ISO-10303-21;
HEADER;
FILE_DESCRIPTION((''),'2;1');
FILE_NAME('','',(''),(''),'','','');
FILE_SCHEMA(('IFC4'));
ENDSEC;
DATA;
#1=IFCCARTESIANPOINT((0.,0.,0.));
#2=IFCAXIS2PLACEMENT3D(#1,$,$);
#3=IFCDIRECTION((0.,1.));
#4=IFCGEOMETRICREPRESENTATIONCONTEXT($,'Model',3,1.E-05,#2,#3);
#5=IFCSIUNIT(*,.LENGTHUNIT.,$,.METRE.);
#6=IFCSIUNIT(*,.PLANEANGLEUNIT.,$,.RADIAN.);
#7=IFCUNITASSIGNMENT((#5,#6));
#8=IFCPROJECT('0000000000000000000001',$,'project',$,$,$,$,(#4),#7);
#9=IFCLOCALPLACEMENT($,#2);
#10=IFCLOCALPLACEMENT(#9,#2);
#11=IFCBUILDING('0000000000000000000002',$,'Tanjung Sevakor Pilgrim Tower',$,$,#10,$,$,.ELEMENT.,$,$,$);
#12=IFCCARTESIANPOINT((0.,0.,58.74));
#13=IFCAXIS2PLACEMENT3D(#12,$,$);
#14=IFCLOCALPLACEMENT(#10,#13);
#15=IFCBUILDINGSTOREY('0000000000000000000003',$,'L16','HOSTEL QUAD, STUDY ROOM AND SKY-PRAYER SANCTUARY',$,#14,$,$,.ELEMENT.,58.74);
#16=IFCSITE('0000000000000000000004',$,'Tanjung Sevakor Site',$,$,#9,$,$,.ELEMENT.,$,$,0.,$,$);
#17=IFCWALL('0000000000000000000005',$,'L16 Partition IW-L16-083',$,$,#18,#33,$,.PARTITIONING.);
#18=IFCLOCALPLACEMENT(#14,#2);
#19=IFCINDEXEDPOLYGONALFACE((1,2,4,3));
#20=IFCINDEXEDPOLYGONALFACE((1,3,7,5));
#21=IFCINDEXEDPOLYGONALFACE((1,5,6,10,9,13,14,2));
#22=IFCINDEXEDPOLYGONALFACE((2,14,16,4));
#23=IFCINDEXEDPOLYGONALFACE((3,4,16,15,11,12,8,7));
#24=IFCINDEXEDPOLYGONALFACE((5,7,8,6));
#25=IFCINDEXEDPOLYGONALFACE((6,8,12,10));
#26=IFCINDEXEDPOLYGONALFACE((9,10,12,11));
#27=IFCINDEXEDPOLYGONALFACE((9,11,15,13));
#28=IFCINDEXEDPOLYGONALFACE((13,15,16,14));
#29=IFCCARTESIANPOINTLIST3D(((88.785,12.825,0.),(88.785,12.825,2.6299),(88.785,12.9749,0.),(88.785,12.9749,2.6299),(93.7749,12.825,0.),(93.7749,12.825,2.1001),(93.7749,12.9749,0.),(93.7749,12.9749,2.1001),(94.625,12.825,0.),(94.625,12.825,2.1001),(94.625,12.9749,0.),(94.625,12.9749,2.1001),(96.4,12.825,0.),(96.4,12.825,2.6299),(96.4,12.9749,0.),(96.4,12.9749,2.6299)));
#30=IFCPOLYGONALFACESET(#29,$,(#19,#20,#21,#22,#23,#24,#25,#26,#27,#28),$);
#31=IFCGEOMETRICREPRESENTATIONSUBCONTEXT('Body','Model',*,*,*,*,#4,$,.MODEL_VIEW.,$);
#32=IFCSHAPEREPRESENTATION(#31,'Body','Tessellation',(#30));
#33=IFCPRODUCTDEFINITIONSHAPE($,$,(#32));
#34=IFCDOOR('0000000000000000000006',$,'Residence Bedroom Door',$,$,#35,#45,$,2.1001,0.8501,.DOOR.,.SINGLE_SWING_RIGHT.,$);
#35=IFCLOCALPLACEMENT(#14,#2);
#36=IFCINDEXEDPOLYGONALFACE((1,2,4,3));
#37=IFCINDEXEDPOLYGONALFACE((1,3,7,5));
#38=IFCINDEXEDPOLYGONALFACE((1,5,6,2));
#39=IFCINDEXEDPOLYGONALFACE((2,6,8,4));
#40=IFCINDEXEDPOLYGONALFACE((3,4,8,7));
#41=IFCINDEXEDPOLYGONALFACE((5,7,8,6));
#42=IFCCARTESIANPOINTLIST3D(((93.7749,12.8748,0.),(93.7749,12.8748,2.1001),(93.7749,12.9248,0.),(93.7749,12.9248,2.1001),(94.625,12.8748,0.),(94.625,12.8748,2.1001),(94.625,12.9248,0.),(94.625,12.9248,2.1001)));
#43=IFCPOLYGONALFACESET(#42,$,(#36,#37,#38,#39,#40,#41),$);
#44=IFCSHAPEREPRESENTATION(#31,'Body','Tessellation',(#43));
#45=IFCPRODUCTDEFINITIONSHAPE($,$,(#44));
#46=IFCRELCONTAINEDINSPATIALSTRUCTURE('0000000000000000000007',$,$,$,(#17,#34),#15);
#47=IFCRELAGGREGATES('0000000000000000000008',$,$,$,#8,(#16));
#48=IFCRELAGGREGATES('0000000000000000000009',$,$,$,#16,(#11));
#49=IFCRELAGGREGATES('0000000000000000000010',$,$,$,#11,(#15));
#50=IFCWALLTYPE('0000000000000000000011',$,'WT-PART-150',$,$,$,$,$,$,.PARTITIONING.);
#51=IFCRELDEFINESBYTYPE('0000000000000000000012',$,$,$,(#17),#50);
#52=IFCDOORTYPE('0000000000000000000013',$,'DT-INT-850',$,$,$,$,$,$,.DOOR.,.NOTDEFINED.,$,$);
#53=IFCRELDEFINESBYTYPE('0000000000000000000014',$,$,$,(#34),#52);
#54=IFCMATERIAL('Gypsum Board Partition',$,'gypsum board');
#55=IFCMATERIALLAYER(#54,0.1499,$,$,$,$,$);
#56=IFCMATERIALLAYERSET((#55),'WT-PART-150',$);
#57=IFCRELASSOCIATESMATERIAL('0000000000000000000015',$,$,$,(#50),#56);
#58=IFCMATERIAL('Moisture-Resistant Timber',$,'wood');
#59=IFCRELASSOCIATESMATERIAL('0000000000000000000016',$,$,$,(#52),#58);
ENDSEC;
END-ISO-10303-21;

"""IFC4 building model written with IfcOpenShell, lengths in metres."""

from ifc_helpers import new_model, si_unit, direction, frame, frame_2d, origin, place, context, subcontext, project, spatial, rectangle, extrude, material, layer, layer_set, type_object, element, fill, save


model = new_model("IFC4")

# Units and contexts
model_context = context("Model", 3, precision=1e-05, world=origin(), true_north=direction((0.0, 1.0)))
body_context = subcontext(model_context, "Body", "Model", "MODEL_VIEW")
ifc_project = project(units=[si_unit("LENGTHUNIT", "METRE"), si_unit("PLANEANGLEUNIT", "RADIAN")], contexts=[model_context])

# Site, building, storey
site_placement = place(None, origin())
site = spatial("IfcSite", under=ifc_project, at=site_placement, Name="Tanjung Sevakor Site", CompositionType="ELEMENT", RefElevation=0.0)
building_placement = place(site_placement, origin())
building = spatial("IfcBuilding", under=site, at=building_placement, Name="Tanjung Sevakor Pilgrim Tower", CompositionType="ELEMENT")
storey_placement = place(building_placement, frame((0.0, 0.0, 58.74)))
storey = spatial("IfcBuildingStorey", under=building, at=storey_placement, Name="L16", Description="HOSTEL QUAD, STUDY ROOM AND SKY-PRAYER SANCTUARY", CompositionType="ELEMENT", Elevation=58.74)

# Shared definitions
ifc_material_1 = material(Name="Gypsum Board Partition", Category="gypsum board")
ifc_layer_1 = layer(ifc_material_1, 0.1499)
ifc_layer_set_1 = layer_set([ifc_layer_1], Name="WT-PART-150")
wall_type_1 = type_object("IfcWallType", Name="WT-PART-150", PredefinedType="PARTITIONING", material=ifc_layer_set_1)

# Wall, opening, door
wall_1_placement = place(storey_placement, frame((88.7849, 12.8999, 0.0), z_axis=(0.0, 0.0, 1.0), x_axis=(1.0, 0.0, 0.0)))
wall_1 = element("IfcWall", 1, at=wall_1_placement, inside=storey, type_object=wall_type_1, Name="L16 Partition IW-L16-083", PredefinedType="PARTITIONING", context=body_context, shape_type="SweptSolid", body=[
    extrude(rectangle(XDim=7.615, YDim=0.1499, at=frame_2d((3.8076, 0.0))), origin(), (0.0, 0.0, 1.0), 2.6299),
])
opening_1_placement = place(wall_1_placement, frame((4.99, 0.0, 0.0)))
opening_1 = element("IfcOpeningElement", 2, at=opening_1_placement, cuts=wall_1, PredefinedType="OPENING", context=body_context, shape_type="SweptSolid", body=[
    extrude(rectangle(XDim=0.8501, YDim=2.1001, at=frame_2d((0.425, 1.05))), frame((0.0, 0.085, 0.0), z_axis=(0.0, -1.0, 0.0), x_axis=(1.0, 0.0, 0.0)), (0.0, 0.0, 1.0), 0.1699),
])
ifc_material_2 = material(Name="Moisture-Resistant Timber", Category="wood")
door_type_1 = type_object("IfcDoorType", Name="DT-INT-850", OperationType="NOTDEFINED", PredefinedType="DOOR", material=ifc_material_2)
door_1_placement = place(opening_1_placement, origin())
door_1 = element("IfcDoor", 3, at=door_1_placement, inside=storey, type_object=door_type_1, Name="Residence Bedroom Door", OperationType="SINGLE_SWING_RIGHT", OverallHeight=2.1001, OverallWidth=0.8501, PredefinedType="DOOR", context=body_context, shape_type="SweptSolid", body=[
    extrude(rectangle(XDim=0.8501, YDim=2.1001, at=frame_2d((0.425, 1.05))), frame((0.0, 0.0249, 0.0), z_axis=(0.0, -1.0, 0.0), x_axis=(1.0, 0.0, 0.0)), (0.0, 0.0, 1.0), 0.05),
])
fill(opening_1, door_1)

save(model, "model.ifc")
